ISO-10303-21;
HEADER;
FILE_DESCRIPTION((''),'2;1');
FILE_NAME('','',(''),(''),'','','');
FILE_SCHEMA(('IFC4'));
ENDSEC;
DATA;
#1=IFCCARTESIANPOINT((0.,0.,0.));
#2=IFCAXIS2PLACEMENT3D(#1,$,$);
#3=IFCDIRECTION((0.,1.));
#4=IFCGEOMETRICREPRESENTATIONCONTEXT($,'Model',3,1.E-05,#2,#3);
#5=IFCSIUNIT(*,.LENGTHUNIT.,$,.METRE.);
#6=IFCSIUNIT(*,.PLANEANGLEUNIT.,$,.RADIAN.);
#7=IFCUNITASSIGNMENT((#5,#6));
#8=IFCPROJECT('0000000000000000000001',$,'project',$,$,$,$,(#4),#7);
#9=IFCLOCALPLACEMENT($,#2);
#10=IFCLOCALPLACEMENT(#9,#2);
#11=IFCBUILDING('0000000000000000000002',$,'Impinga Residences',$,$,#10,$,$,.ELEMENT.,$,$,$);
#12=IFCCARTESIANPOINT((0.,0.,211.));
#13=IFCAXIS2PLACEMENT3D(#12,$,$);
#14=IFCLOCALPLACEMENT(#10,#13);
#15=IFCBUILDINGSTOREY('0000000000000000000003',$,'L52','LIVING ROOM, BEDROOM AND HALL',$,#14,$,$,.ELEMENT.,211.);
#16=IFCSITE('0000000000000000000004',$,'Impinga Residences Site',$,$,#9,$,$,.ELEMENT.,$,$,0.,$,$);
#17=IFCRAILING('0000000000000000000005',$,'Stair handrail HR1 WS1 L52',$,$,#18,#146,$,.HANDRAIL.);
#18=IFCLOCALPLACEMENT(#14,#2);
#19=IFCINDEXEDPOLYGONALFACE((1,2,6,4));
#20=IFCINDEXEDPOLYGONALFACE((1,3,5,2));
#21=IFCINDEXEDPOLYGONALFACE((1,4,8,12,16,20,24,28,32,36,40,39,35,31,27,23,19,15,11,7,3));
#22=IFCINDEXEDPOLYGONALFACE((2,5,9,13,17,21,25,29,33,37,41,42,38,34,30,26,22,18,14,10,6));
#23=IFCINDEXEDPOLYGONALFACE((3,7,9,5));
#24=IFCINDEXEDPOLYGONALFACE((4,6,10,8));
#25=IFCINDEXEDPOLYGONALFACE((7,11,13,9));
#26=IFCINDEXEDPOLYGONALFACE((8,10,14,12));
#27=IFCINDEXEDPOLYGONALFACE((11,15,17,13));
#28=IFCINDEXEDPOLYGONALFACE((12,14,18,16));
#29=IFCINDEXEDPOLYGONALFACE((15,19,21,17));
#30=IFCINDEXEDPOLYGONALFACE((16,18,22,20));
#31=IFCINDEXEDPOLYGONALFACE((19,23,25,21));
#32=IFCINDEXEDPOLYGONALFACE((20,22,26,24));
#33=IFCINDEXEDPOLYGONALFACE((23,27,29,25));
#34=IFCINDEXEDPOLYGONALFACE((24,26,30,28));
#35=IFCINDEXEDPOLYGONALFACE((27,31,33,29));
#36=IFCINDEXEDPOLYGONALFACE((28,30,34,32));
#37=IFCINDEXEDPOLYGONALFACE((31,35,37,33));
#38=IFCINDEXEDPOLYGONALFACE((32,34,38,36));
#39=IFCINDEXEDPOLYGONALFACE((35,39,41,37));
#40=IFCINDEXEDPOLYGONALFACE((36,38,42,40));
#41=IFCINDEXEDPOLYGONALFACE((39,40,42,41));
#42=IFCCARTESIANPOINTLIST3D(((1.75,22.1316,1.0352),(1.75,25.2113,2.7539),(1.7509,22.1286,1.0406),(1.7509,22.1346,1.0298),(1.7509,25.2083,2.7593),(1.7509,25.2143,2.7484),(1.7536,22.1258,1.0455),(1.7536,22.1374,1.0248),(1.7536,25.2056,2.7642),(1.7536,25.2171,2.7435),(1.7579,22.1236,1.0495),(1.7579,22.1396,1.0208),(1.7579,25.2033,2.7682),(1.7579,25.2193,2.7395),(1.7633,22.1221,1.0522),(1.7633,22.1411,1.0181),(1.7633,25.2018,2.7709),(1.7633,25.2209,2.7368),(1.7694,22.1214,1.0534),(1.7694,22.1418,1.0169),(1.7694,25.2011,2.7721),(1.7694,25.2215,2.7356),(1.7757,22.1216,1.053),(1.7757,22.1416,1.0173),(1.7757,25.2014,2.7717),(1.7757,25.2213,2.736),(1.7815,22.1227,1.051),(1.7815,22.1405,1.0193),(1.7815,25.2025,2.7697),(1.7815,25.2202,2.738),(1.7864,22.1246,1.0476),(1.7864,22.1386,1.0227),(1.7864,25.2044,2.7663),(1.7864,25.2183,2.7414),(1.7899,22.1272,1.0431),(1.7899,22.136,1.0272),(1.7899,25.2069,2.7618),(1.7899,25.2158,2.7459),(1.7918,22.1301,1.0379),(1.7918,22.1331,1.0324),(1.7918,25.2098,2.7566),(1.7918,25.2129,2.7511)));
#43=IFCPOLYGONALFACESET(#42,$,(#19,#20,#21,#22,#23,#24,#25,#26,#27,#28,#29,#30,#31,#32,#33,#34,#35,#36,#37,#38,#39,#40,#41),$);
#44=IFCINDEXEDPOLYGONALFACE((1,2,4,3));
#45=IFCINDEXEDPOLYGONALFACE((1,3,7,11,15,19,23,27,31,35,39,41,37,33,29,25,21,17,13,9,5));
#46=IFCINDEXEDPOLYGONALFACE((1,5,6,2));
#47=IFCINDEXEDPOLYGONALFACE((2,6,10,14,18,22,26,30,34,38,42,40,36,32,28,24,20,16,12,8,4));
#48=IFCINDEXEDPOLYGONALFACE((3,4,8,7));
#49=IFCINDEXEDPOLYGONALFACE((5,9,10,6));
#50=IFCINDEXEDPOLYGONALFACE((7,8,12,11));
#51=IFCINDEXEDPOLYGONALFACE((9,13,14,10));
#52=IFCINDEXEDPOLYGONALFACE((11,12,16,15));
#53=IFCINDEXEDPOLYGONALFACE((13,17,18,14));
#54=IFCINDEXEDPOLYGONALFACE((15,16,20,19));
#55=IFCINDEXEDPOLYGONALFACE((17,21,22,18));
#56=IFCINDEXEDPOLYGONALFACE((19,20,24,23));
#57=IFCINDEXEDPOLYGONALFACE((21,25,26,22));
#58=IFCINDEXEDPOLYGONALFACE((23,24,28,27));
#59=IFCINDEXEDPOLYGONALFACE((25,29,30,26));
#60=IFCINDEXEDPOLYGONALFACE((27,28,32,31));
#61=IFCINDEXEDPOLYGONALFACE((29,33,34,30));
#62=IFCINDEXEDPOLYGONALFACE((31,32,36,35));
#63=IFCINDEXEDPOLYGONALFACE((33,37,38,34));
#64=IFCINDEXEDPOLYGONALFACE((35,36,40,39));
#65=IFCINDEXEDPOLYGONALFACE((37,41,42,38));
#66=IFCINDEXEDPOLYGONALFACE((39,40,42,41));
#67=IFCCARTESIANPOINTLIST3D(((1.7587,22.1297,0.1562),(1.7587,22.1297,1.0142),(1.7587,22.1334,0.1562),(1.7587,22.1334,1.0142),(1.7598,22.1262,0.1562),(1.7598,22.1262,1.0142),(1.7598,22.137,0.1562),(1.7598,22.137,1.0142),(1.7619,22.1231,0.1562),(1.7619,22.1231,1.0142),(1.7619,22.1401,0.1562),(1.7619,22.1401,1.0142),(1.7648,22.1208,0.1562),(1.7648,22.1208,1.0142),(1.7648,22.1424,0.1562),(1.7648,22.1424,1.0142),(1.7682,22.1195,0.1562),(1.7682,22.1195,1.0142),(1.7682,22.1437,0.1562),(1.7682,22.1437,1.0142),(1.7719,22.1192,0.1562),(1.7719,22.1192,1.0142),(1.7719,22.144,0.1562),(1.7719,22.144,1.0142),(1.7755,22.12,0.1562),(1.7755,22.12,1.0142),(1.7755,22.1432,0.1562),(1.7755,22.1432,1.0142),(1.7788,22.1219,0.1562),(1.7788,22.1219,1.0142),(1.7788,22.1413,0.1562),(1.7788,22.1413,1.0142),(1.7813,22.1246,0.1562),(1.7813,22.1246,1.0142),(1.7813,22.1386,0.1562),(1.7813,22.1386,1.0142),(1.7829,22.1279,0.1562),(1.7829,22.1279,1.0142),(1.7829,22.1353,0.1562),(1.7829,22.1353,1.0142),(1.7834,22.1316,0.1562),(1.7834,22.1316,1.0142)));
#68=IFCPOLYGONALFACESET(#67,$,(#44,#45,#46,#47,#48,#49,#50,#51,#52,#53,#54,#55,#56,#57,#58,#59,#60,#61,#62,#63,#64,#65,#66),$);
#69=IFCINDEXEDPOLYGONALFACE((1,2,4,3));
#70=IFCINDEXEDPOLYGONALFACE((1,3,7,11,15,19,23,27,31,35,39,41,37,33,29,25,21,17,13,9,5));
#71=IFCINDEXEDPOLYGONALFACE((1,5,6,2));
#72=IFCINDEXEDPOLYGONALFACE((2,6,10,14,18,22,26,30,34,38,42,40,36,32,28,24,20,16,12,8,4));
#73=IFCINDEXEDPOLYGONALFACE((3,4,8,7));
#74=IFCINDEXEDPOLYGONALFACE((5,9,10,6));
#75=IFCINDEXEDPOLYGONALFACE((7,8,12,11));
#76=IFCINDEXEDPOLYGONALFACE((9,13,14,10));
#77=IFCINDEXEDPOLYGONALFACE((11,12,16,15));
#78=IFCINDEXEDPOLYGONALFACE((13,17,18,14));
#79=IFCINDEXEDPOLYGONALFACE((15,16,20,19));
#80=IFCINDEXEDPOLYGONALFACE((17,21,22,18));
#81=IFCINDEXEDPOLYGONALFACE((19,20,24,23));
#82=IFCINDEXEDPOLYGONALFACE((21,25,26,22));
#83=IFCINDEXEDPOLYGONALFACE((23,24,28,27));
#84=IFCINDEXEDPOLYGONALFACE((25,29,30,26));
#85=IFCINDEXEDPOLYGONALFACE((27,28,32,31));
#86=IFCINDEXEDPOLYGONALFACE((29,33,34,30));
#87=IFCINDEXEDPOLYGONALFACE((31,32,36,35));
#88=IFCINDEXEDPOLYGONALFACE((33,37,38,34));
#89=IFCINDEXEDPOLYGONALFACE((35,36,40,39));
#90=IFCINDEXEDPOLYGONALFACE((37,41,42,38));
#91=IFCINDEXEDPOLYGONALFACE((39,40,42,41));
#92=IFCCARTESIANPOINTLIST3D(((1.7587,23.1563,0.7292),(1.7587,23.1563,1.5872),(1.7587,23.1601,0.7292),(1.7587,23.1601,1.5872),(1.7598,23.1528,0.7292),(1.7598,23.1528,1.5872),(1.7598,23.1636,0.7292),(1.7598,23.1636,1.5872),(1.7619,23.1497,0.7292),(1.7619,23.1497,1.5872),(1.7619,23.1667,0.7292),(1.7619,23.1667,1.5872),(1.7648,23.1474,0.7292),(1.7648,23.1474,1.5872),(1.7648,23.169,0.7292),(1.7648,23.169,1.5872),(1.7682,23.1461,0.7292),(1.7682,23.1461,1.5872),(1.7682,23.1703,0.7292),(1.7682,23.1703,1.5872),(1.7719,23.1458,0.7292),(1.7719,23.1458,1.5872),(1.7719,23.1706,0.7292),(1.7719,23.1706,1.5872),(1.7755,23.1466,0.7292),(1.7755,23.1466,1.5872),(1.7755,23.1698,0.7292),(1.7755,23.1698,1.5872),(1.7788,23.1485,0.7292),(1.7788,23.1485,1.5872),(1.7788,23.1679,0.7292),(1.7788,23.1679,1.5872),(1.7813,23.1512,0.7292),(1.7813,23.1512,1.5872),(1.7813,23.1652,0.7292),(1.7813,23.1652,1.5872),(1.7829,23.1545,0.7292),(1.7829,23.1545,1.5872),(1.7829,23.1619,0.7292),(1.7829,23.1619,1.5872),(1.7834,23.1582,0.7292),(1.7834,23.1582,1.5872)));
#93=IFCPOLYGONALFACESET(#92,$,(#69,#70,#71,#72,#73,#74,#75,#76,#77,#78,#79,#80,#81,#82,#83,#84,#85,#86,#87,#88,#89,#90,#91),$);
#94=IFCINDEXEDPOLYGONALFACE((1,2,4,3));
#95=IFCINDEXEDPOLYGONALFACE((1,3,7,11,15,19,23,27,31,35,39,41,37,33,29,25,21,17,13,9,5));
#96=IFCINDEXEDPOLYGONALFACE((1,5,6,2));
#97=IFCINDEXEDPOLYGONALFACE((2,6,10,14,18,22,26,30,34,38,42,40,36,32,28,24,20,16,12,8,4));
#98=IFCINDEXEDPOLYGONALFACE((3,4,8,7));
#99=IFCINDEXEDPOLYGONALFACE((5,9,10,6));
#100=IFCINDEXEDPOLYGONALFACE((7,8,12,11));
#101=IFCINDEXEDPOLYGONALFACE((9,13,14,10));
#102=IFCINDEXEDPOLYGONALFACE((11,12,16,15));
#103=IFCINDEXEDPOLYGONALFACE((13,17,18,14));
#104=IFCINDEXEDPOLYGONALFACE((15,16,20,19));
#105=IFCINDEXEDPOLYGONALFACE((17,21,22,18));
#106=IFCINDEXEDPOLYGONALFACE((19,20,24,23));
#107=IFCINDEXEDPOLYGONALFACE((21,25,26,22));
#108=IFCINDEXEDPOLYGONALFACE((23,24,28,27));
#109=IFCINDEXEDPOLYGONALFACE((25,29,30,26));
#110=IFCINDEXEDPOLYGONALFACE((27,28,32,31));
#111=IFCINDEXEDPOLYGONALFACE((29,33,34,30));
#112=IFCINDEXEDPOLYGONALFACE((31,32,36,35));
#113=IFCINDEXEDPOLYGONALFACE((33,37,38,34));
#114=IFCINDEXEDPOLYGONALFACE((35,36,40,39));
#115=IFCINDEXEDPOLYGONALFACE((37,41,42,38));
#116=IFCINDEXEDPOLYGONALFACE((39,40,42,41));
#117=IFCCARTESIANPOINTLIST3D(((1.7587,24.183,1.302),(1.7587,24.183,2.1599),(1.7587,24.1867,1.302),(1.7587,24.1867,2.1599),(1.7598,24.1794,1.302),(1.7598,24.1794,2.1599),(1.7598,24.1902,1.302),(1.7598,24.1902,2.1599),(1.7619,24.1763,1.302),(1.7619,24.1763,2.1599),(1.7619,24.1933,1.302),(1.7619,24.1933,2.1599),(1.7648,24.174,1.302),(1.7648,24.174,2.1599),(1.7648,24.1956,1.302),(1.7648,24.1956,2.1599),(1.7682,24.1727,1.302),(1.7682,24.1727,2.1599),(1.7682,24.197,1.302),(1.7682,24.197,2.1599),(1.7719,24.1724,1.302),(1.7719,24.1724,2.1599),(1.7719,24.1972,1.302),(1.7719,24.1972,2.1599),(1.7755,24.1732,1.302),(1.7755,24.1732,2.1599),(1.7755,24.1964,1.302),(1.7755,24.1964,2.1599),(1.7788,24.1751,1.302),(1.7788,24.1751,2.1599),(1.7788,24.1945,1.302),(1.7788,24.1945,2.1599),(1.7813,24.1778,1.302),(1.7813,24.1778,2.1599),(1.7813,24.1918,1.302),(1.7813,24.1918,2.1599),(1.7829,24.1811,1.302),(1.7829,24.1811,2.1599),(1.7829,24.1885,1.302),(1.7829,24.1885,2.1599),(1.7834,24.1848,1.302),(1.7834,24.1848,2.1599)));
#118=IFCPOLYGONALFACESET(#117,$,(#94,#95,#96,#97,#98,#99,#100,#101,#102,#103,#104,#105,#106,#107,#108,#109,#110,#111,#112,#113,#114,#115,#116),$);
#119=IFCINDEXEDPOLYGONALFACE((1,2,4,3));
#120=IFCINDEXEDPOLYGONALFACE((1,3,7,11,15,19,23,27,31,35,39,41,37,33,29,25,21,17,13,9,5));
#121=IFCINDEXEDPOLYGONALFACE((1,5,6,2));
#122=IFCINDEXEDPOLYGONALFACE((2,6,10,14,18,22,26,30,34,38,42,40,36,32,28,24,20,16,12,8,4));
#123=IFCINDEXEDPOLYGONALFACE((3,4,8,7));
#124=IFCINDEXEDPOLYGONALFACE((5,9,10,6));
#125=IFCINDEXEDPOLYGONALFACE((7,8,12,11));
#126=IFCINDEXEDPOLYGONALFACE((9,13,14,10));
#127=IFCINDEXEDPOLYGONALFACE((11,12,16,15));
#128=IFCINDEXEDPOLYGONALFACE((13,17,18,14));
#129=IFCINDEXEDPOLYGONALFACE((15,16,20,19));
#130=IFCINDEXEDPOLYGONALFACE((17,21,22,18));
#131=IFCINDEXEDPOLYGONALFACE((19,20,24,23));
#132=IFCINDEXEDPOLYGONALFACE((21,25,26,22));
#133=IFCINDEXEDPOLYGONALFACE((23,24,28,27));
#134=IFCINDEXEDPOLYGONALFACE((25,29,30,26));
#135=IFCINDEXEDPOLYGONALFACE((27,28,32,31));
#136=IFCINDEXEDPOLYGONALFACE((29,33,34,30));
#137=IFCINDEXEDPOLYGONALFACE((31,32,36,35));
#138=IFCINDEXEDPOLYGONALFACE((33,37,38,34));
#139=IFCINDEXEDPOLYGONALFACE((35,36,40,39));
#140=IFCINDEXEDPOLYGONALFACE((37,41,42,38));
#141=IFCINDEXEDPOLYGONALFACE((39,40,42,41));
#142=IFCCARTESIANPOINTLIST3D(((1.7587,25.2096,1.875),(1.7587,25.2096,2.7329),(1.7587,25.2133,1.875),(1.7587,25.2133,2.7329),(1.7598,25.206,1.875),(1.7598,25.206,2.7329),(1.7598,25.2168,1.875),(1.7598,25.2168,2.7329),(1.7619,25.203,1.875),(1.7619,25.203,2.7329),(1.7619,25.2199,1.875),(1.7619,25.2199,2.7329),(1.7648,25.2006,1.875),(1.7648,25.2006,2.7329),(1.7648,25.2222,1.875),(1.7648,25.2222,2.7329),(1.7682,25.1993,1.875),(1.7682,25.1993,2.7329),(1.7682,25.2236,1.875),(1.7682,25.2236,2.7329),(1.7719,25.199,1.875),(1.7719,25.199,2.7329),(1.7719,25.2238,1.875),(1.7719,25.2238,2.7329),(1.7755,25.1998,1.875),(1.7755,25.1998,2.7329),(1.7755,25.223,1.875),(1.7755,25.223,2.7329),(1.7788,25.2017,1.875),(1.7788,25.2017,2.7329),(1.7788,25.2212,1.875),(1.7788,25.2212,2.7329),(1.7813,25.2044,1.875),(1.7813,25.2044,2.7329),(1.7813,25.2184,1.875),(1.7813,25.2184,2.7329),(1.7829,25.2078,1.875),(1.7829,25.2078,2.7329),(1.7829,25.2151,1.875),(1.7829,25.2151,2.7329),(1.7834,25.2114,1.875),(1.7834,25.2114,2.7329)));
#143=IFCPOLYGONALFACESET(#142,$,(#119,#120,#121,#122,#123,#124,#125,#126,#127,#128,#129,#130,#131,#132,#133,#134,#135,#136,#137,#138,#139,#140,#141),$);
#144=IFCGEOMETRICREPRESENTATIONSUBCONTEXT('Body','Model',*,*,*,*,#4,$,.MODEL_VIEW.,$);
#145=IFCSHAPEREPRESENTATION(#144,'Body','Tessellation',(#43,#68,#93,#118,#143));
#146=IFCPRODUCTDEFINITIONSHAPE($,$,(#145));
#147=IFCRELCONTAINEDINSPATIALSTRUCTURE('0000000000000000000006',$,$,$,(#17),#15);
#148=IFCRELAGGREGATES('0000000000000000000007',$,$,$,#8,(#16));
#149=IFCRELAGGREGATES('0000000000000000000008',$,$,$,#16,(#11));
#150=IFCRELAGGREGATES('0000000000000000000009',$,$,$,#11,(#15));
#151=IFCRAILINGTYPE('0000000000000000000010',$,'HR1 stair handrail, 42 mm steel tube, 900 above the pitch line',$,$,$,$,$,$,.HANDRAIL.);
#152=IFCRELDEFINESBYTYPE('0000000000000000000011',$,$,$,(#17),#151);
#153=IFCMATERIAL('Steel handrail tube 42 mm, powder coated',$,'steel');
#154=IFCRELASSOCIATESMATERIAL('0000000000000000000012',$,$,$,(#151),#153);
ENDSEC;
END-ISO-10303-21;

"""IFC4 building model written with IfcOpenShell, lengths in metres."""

from ifc_helpers import new_model, si_unit, direction, frame, origin, origin_2d, place, context, subcontext, project, spatial, circle, extrude, material, type_object, element, save


model = new_model("IFC4")

# Units and contexts
model_context = context("Model", 3, precision=1e-05, world=origin(), true_north=direction((0.0, 1.0)))
body_context = subcontext(model_context, "Body", "Model", "MODEL_VIEW")
ifc_project = project(units=[si_unit("LENGTHUNIT", "METRE"), si_unit("PLANEANGLEUNIT", "RADIAN")], contexts=[model_context])

# Site, building, storey
site_placement = place(None, origin())
site = spatial("IfcSite", under=ifc_project, at=site_placement, Name="Impinga Residences Site", CompositionType="ELEMENT", RefElevation=0.0)
building_placement = place(site_placement, origin())
building = spatial("IfcBuilding", under=site, at=building_placement, Name="Impinga Residences", CompositionType="ELEMENT")
storey_placement = place(building_placement, frame((0.0, 0.0, 211.0)))
storey = spatial("IfcBuildingStorey", under=building, at=storey_placement, Name="L52", Description="LIVING ROOM, BEDROOM AND HALL", CompositionType="ELEMENT", Elevation=211.0)

# Railing
ifc_material_1 = material(Name="Steel handrail tube 42 mm, powder coated", Category="steel")
railing_type_1 = type_object("IfcRailingType", Name="HR1 stair handrail, 42 mm steel tube, 900 above the pitch line", PredefinedType="HANDRAIL", material=ifc_material_1)
railing_1_placement = place(storey_placement, frame((1.771, 22.1316, 0.1562)))
element("IfcRailing", 1, at=railing_1_placement, inside=storey, type_object=railing_type_1, Name="Stair handrail HR1 WS1 L52", PredefinedType="HANDRAIL", context=body_context, shape_type="SweptSolid", body=[
    extrude(circle(Radius=0.021, at=origin_2d()), frame((0.0, 0.0, 0.8789), z_axis=(0.0, 0.873225, 0.487317), x_axis=(-1.0, 0.0, 0.0)), (0.0, 0.0, 1.0), 3.5269),
    extrude(circle(Radius=0.0125, at=origin_2d()), origin(), (0.0, 0.0, 1.0), 0.8579),
    extrude(circle(Radius=0.0125, at=origin_2d()), frame((0.0, 1.0266, 0.573)), (0.0, 0.0, 1.0), 0.8579),
    extrude(circle(Radius=0.0125, at=origin_2d()), frame((0.0, 2.0532, 1.1458)), (0.0, 0.0, 1.0), 0.8579),
    extrude(circle(Radius=0.0125, at=origin_2d()), frame((0.0, 3.0798, 1.7188)), (0.0, 0.0, 1.0), 0.8579),
])

save(model, "model.ifc")
